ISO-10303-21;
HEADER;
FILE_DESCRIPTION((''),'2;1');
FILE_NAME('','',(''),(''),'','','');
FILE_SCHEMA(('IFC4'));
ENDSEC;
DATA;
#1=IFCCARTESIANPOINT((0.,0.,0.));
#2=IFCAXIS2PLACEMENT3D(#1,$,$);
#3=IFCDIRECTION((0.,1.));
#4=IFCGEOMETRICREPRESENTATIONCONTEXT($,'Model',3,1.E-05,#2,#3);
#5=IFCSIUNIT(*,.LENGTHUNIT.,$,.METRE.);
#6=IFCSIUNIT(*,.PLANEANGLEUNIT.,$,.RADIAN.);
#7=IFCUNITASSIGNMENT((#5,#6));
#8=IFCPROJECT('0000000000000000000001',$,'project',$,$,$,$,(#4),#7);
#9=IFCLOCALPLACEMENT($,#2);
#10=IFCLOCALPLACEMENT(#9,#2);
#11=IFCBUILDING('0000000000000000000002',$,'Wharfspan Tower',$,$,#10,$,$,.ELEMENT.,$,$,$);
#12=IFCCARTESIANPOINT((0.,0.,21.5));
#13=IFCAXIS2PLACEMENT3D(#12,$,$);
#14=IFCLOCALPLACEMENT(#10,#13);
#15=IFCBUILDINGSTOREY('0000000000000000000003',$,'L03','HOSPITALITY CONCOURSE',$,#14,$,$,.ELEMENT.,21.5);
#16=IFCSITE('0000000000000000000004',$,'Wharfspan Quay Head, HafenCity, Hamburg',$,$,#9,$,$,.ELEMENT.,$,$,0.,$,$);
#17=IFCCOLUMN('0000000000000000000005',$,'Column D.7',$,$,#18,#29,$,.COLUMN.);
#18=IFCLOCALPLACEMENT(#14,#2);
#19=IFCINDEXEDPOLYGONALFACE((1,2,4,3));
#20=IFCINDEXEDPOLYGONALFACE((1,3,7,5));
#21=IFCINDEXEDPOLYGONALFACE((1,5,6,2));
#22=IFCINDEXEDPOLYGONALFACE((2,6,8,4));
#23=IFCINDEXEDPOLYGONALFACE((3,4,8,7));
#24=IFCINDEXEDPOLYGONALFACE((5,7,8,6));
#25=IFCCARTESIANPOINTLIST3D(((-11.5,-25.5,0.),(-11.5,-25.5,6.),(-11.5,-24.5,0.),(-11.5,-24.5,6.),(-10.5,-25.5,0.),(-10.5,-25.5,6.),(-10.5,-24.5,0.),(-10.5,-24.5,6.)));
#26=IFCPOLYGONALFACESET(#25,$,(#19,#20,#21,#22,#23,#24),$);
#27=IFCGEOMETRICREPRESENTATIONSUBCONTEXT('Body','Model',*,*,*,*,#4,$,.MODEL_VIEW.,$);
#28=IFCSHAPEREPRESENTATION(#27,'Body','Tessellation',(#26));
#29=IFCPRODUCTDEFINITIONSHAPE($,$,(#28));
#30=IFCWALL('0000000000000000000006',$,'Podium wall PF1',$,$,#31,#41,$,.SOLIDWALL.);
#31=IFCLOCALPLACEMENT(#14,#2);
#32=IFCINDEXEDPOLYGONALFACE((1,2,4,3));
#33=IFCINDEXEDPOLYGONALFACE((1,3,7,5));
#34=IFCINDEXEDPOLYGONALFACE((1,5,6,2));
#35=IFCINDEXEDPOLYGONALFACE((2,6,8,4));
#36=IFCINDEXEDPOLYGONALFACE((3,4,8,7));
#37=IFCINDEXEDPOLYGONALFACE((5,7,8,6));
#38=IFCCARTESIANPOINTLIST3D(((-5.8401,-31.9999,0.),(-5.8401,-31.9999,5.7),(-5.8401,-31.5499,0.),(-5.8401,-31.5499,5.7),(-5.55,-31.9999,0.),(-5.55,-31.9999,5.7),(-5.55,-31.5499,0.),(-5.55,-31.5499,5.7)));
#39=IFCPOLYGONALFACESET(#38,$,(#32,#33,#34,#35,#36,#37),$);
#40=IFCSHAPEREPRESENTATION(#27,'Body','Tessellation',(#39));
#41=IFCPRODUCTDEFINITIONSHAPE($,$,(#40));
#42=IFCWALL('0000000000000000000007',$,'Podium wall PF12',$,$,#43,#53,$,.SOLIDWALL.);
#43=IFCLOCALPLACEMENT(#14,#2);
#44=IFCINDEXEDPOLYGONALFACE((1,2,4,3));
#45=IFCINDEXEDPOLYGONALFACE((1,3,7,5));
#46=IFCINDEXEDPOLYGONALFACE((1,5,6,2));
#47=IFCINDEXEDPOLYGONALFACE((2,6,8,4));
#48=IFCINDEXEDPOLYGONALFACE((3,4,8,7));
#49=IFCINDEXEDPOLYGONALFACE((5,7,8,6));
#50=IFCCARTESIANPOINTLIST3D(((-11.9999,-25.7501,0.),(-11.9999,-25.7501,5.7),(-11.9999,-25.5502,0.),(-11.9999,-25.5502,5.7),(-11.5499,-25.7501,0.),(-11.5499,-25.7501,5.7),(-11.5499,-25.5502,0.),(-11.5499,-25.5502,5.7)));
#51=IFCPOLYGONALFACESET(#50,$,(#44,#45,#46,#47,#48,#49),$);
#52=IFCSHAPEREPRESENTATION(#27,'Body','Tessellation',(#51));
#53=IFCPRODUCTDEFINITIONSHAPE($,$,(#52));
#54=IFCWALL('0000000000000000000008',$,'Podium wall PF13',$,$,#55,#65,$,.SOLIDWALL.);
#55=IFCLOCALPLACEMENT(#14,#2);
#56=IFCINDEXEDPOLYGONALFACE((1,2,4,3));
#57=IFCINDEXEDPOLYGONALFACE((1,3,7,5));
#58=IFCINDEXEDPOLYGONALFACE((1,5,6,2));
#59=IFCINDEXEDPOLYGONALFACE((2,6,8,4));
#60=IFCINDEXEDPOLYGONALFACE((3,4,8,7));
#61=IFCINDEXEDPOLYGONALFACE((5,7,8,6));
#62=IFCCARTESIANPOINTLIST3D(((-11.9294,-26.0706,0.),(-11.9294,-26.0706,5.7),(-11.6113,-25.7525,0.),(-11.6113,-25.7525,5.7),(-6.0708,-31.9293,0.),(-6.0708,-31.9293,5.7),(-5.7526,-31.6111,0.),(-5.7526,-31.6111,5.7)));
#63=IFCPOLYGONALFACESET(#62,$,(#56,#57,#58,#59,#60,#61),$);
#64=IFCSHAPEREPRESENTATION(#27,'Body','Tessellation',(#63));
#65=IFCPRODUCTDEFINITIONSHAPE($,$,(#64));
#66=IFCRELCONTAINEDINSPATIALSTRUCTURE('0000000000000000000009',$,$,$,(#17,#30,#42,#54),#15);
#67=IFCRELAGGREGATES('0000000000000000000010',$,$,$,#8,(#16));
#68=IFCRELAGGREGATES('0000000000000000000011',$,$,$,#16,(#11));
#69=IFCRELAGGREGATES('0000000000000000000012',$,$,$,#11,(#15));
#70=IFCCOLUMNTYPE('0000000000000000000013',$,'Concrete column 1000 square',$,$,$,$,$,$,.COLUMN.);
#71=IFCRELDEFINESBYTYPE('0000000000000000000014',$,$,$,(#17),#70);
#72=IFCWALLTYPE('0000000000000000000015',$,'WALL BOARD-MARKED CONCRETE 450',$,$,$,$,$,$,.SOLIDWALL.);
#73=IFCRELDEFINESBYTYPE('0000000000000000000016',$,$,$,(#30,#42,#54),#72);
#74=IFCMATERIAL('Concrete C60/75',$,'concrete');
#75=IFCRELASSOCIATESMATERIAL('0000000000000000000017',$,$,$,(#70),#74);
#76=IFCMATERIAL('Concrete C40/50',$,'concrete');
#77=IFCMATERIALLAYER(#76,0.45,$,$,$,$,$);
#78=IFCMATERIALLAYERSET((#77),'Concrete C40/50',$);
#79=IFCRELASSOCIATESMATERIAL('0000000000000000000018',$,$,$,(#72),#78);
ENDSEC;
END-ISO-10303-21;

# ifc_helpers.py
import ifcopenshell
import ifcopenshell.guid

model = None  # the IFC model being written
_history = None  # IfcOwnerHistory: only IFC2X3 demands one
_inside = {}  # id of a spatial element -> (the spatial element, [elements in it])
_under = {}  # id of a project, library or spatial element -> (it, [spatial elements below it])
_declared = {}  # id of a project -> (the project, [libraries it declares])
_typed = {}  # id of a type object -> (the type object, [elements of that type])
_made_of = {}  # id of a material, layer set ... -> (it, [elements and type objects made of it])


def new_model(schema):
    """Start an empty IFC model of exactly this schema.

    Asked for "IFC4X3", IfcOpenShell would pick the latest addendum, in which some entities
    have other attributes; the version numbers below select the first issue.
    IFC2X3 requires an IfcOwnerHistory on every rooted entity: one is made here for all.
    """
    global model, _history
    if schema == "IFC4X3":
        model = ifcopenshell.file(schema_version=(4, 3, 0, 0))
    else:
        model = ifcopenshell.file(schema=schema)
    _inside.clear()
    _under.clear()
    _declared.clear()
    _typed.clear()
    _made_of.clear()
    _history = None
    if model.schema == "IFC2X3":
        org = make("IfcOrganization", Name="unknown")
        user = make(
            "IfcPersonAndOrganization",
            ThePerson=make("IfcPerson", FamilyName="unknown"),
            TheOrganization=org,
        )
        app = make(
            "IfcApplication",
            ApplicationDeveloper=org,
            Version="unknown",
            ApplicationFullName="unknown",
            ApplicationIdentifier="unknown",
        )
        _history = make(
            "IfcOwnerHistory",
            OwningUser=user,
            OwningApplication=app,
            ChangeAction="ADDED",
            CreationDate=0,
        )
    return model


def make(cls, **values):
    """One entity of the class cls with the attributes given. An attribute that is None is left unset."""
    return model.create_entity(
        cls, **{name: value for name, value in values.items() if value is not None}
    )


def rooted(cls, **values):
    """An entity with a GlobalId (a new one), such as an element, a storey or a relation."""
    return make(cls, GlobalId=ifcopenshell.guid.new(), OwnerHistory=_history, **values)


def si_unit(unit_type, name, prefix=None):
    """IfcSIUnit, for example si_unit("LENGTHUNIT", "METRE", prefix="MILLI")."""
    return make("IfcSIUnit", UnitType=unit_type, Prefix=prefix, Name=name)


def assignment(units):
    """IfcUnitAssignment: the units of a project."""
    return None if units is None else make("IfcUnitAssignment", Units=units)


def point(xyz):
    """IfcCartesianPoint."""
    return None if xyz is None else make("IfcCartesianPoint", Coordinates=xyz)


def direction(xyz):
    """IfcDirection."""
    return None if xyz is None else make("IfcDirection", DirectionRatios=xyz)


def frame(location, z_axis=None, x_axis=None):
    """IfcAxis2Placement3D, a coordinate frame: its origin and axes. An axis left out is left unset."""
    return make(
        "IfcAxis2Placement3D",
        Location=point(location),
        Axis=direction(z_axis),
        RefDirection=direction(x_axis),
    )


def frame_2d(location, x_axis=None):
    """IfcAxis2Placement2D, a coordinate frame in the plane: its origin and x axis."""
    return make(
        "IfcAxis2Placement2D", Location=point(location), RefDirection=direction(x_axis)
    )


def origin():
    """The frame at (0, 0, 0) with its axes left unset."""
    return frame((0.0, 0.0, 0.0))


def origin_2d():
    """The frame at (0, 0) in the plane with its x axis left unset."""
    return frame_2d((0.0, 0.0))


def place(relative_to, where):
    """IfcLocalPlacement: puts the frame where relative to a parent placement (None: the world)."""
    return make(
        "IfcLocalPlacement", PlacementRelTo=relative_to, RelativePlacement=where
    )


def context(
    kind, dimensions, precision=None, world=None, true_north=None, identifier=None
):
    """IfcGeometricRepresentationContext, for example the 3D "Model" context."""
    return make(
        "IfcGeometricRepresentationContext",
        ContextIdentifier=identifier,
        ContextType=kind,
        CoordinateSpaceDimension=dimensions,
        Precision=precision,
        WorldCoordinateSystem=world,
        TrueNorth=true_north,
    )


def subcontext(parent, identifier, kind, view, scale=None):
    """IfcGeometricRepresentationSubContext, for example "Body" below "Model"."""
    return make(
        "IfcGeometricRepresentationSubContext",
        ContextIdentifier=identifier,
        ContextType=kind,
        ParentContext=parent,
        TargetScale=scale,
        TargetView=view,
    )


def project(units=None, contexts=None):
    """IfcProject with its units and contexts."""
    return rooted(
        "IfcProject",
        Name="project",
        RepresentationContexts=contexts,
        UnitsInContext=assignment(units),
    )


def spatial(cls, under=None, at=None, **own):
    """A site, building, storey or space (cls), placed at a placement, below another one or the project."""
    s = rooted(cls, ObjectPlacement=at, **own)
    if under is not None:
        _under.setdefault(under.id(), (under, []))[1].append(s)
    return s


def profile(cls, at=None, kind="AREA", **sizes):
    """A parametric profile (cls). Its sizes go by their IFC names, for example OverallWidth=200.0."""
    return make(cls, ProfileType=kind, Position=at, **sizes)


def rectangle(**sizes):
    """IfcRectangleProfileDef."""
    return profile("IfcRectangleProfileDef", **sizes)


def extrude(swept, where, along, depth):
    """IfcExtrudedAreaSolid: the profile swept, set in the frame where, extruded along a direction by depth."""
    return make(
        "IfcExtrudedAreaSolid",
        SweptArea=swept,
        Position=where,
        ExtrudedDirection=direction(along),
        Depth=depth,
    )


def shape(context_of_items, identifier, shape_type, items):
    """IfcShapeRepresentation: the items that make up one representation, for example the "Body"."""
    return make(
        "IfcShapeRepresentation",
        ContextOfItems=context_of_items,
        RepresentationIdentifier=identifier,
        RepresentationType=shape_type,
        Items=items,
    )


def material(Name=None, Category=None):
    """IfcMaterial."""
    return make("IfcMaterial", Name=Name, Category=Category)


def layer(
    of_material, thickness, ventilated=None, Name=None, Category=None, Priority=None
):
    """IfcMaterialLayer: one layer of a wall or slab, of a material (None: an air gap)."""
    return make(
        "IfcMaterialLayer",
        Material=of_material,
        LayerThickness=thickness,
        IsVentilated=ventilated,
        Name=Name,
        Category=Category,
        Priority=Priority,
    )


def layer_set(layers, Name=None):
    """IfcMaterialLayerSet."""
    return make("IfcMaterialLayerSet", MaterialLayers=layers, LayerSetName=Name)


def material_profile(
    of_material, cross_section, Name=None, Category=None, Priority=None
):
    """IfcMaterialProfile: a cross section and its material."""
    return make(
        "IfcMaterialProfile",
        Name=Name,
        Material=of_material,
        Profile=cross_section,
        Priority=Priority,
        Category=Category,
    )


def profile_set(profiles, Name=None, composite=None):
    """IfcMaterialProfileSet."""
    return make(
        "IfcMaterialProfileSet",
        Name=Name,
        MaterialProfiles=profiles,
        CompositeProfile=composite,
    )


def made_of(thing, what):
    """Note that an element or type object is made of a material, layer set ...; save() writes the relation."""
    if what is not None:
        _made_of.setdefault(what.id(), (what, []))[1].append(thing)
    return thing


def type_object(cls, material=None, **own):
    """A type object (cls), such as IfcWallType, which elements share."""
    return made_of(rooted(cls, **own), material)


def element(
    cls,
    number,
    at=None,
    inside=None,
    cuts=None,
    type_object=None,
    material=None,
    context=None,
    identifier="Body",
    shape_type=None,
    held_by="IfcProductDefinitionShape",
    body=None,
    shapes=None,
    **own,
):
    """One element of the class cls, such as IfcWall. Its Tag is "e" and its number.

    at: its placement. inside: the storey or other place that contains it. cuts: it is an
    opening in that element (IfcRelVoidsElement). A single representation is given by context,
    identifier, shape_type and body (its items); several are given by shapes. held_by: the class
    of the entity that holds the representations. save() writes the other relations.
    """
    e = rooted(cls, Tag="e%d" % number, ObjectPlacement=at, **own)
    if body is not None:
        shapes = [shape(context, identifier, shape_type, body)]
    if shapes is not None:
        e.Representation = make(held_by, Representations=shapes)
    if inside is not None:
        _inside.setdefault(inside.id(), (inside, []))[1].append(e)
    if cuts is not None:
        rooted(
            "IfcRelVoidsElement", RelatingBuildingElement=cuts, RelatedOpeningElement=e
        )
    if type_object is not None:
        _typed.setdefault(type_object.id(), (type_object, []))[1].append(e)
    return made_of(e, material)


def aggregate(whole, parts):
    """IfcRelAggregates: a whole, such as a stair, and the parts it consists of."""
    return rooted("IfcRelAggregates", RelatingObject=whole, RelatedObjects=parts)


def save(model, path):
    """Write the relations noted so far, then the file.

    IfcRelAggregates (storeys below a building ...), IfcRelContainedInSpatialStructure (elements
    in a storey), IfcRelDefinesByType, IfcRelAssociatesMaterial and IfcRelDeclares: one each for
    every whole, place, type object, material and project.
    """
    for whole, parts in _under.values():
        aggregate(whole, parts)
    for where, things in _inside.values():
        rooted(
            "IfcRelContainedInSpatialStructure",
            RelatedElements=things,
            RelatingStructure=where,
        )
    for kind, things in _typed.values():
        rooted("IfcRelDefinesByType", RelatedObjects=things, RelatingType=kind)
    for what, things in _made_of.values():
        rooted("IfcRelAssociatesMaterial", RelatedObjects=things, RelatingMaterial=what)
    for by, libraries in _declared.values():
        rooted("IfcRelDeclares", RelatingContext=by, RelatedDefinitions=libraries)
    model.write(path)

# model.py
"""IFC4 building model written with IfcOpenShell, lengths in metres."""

from ifc_helpers import new_model, si_unit, direction, frame, frame_2d, origin, origin_2d, place, context, subcontext, project, spatial, rectangle, extrude, material, layer, layer_set, material_profile, profile_set, type_object, element, save


model = new_model("IFC4")

# Units and contexts
model_context = context("Model", 3, precision=1e-05, world=origin(), true_north=direction((0.0, 1.0)))
body_context = subcontext(model_context, "Body", "Model", "MODEL_VIEW")
ifc_project = project(units=[si_unit("LENGTHUNIT", "METRE"), si_unit("PLANEANGLEUNIT", "RADIAN")], contexts=[model_context])

# Site, building, storey
site_placement = place(None, origin())
site = spatial("IfcSite", under=ifc_project, at=site_placement, Name="Wharfspan Quay Head, HafenCity, Hamburg", CompositionType="ELEMENT", RefElevation=0.0)
building_placement = place(site_placement, origin())
building = spatial("IfcBuilding", under=site, at=building_placement, Name="Wharfspan Tower", CompositionType="ELEMENT")
storey_placement = place(building_placement, frame((0.0, 0.0, 21.5)))
storey = spatial("IfcBuildingStorey", under=building, at=storey_placement, Name="L03", Description="HOSPITALITY CONCOURSE", CompositionType="ELEMENT", Elevation=21.5)

# Column
ifc_material_1 = material(Name="Concrete C60/75", Category="concrete")
ifc_material_profile = material_profile(ifc_material_1, rectangle(XDim=1.0, YDim=1.0, at=origin_2d()))
ifc_profile_set = profile_set([ifc_material_profile], Name="Concrete C60/75")
column_type = type_object("IfcColumnType", Name="Concrete column 1000 square", PredefinedType="COLUMN", material=ifc_profile_set)
column_placement = place(storey_placement, frame((-11.0, -25.0, 0.0), z_axis=(0.0, 0.0, 1.0), x_axis=(1.0, 0.0, 0.0)))
element("IfcColumn", 1, at=column_placement, inside=storey, type_object=column_type, Name="Column D.7", PredefinedType="COLUMN", context=body_context, shape_type="SweptSolid", body=[
    extrude(rectangle(XDim=1.0, YDim=1.0, at=origin_2d()), origin(), (0.0, 0.0, 1.0), 6.0),
])

# Walls
ifc_material_2 = material(Name="Concrete C40/50", Category="concrete")
ifc_layer = layer(ifc_material_2, 0.45)
ifc_layer_set = layer_set([ifc_layer], Name="Concrete C40/50")
wall_type = type_object("IfcWallType", Name="WALL BOARD-MARKED CONCRETE 450", PredefinedType="SOLIDWALL", material=ifc_layer_set)
wall_1_placement = place(storey_placement, frame((-5.8401, -31.7749, 0.0), z_axis=(0.0, 0.0, 1.0), x_axis=(1.0, 0.0, 0.0)))
element("IfcWall", 2, at=wall_1_placement, inside=storey, type_object=wall_type, Name="Podium wall PF1", PredefinedType="SOLIDWALL", context=body_context, shape_type="SweptSolid", body=[
    extrude(rectangle(XDim=0.29, YDim=0.45, at=frame_2d((0.145, 0.0))), origin(), (0.0, 0.0, 1.0), 5.7),
])
wall_2_placement = place(storey_placement, frame((-11.7749, -25.55, 0.0), z_axis=(0.0, 0.0, 1.0), x_axis=(0.0, -1.0, 0.0)))
element("IfcWall", 3, at=wall_2_placement, inside=storey, type_object=wall_type, Name="Podium wall PF12", PredefinedType="SOLIDWALL", context=body_context, shape_type="SweptSolid", body=[
    extrude(rectangle(XDim=0.2, YDim=0.45, at=frame_2d((0.1001, 0.0))), origin(), (0.0, 0.0, 1.0), 5.7),
])
wall_3_placement = place(storey_placement, frame((-11.7703, -25.9116, 0.0), z_axis=(0.0, 0.0, 1.0), x_axis=(0.707107, -0.707107, 0.0)))
element("IfcWall", 4, at=wall_3_placement, inside=storey, type_object=wall_type, Name="Podium wall PF13", PredefinedType="SOLIDWALL", context=body_context, shape_type="SweptSolid", body=[
    extrude(rectangle(XDim=8.2854, YDim=0.45, at=frame_2d((4.1426, 0.0))), origin(), (0.0, 0.0, 1.0), 5.7),
])

save(model, "model.ifc")
